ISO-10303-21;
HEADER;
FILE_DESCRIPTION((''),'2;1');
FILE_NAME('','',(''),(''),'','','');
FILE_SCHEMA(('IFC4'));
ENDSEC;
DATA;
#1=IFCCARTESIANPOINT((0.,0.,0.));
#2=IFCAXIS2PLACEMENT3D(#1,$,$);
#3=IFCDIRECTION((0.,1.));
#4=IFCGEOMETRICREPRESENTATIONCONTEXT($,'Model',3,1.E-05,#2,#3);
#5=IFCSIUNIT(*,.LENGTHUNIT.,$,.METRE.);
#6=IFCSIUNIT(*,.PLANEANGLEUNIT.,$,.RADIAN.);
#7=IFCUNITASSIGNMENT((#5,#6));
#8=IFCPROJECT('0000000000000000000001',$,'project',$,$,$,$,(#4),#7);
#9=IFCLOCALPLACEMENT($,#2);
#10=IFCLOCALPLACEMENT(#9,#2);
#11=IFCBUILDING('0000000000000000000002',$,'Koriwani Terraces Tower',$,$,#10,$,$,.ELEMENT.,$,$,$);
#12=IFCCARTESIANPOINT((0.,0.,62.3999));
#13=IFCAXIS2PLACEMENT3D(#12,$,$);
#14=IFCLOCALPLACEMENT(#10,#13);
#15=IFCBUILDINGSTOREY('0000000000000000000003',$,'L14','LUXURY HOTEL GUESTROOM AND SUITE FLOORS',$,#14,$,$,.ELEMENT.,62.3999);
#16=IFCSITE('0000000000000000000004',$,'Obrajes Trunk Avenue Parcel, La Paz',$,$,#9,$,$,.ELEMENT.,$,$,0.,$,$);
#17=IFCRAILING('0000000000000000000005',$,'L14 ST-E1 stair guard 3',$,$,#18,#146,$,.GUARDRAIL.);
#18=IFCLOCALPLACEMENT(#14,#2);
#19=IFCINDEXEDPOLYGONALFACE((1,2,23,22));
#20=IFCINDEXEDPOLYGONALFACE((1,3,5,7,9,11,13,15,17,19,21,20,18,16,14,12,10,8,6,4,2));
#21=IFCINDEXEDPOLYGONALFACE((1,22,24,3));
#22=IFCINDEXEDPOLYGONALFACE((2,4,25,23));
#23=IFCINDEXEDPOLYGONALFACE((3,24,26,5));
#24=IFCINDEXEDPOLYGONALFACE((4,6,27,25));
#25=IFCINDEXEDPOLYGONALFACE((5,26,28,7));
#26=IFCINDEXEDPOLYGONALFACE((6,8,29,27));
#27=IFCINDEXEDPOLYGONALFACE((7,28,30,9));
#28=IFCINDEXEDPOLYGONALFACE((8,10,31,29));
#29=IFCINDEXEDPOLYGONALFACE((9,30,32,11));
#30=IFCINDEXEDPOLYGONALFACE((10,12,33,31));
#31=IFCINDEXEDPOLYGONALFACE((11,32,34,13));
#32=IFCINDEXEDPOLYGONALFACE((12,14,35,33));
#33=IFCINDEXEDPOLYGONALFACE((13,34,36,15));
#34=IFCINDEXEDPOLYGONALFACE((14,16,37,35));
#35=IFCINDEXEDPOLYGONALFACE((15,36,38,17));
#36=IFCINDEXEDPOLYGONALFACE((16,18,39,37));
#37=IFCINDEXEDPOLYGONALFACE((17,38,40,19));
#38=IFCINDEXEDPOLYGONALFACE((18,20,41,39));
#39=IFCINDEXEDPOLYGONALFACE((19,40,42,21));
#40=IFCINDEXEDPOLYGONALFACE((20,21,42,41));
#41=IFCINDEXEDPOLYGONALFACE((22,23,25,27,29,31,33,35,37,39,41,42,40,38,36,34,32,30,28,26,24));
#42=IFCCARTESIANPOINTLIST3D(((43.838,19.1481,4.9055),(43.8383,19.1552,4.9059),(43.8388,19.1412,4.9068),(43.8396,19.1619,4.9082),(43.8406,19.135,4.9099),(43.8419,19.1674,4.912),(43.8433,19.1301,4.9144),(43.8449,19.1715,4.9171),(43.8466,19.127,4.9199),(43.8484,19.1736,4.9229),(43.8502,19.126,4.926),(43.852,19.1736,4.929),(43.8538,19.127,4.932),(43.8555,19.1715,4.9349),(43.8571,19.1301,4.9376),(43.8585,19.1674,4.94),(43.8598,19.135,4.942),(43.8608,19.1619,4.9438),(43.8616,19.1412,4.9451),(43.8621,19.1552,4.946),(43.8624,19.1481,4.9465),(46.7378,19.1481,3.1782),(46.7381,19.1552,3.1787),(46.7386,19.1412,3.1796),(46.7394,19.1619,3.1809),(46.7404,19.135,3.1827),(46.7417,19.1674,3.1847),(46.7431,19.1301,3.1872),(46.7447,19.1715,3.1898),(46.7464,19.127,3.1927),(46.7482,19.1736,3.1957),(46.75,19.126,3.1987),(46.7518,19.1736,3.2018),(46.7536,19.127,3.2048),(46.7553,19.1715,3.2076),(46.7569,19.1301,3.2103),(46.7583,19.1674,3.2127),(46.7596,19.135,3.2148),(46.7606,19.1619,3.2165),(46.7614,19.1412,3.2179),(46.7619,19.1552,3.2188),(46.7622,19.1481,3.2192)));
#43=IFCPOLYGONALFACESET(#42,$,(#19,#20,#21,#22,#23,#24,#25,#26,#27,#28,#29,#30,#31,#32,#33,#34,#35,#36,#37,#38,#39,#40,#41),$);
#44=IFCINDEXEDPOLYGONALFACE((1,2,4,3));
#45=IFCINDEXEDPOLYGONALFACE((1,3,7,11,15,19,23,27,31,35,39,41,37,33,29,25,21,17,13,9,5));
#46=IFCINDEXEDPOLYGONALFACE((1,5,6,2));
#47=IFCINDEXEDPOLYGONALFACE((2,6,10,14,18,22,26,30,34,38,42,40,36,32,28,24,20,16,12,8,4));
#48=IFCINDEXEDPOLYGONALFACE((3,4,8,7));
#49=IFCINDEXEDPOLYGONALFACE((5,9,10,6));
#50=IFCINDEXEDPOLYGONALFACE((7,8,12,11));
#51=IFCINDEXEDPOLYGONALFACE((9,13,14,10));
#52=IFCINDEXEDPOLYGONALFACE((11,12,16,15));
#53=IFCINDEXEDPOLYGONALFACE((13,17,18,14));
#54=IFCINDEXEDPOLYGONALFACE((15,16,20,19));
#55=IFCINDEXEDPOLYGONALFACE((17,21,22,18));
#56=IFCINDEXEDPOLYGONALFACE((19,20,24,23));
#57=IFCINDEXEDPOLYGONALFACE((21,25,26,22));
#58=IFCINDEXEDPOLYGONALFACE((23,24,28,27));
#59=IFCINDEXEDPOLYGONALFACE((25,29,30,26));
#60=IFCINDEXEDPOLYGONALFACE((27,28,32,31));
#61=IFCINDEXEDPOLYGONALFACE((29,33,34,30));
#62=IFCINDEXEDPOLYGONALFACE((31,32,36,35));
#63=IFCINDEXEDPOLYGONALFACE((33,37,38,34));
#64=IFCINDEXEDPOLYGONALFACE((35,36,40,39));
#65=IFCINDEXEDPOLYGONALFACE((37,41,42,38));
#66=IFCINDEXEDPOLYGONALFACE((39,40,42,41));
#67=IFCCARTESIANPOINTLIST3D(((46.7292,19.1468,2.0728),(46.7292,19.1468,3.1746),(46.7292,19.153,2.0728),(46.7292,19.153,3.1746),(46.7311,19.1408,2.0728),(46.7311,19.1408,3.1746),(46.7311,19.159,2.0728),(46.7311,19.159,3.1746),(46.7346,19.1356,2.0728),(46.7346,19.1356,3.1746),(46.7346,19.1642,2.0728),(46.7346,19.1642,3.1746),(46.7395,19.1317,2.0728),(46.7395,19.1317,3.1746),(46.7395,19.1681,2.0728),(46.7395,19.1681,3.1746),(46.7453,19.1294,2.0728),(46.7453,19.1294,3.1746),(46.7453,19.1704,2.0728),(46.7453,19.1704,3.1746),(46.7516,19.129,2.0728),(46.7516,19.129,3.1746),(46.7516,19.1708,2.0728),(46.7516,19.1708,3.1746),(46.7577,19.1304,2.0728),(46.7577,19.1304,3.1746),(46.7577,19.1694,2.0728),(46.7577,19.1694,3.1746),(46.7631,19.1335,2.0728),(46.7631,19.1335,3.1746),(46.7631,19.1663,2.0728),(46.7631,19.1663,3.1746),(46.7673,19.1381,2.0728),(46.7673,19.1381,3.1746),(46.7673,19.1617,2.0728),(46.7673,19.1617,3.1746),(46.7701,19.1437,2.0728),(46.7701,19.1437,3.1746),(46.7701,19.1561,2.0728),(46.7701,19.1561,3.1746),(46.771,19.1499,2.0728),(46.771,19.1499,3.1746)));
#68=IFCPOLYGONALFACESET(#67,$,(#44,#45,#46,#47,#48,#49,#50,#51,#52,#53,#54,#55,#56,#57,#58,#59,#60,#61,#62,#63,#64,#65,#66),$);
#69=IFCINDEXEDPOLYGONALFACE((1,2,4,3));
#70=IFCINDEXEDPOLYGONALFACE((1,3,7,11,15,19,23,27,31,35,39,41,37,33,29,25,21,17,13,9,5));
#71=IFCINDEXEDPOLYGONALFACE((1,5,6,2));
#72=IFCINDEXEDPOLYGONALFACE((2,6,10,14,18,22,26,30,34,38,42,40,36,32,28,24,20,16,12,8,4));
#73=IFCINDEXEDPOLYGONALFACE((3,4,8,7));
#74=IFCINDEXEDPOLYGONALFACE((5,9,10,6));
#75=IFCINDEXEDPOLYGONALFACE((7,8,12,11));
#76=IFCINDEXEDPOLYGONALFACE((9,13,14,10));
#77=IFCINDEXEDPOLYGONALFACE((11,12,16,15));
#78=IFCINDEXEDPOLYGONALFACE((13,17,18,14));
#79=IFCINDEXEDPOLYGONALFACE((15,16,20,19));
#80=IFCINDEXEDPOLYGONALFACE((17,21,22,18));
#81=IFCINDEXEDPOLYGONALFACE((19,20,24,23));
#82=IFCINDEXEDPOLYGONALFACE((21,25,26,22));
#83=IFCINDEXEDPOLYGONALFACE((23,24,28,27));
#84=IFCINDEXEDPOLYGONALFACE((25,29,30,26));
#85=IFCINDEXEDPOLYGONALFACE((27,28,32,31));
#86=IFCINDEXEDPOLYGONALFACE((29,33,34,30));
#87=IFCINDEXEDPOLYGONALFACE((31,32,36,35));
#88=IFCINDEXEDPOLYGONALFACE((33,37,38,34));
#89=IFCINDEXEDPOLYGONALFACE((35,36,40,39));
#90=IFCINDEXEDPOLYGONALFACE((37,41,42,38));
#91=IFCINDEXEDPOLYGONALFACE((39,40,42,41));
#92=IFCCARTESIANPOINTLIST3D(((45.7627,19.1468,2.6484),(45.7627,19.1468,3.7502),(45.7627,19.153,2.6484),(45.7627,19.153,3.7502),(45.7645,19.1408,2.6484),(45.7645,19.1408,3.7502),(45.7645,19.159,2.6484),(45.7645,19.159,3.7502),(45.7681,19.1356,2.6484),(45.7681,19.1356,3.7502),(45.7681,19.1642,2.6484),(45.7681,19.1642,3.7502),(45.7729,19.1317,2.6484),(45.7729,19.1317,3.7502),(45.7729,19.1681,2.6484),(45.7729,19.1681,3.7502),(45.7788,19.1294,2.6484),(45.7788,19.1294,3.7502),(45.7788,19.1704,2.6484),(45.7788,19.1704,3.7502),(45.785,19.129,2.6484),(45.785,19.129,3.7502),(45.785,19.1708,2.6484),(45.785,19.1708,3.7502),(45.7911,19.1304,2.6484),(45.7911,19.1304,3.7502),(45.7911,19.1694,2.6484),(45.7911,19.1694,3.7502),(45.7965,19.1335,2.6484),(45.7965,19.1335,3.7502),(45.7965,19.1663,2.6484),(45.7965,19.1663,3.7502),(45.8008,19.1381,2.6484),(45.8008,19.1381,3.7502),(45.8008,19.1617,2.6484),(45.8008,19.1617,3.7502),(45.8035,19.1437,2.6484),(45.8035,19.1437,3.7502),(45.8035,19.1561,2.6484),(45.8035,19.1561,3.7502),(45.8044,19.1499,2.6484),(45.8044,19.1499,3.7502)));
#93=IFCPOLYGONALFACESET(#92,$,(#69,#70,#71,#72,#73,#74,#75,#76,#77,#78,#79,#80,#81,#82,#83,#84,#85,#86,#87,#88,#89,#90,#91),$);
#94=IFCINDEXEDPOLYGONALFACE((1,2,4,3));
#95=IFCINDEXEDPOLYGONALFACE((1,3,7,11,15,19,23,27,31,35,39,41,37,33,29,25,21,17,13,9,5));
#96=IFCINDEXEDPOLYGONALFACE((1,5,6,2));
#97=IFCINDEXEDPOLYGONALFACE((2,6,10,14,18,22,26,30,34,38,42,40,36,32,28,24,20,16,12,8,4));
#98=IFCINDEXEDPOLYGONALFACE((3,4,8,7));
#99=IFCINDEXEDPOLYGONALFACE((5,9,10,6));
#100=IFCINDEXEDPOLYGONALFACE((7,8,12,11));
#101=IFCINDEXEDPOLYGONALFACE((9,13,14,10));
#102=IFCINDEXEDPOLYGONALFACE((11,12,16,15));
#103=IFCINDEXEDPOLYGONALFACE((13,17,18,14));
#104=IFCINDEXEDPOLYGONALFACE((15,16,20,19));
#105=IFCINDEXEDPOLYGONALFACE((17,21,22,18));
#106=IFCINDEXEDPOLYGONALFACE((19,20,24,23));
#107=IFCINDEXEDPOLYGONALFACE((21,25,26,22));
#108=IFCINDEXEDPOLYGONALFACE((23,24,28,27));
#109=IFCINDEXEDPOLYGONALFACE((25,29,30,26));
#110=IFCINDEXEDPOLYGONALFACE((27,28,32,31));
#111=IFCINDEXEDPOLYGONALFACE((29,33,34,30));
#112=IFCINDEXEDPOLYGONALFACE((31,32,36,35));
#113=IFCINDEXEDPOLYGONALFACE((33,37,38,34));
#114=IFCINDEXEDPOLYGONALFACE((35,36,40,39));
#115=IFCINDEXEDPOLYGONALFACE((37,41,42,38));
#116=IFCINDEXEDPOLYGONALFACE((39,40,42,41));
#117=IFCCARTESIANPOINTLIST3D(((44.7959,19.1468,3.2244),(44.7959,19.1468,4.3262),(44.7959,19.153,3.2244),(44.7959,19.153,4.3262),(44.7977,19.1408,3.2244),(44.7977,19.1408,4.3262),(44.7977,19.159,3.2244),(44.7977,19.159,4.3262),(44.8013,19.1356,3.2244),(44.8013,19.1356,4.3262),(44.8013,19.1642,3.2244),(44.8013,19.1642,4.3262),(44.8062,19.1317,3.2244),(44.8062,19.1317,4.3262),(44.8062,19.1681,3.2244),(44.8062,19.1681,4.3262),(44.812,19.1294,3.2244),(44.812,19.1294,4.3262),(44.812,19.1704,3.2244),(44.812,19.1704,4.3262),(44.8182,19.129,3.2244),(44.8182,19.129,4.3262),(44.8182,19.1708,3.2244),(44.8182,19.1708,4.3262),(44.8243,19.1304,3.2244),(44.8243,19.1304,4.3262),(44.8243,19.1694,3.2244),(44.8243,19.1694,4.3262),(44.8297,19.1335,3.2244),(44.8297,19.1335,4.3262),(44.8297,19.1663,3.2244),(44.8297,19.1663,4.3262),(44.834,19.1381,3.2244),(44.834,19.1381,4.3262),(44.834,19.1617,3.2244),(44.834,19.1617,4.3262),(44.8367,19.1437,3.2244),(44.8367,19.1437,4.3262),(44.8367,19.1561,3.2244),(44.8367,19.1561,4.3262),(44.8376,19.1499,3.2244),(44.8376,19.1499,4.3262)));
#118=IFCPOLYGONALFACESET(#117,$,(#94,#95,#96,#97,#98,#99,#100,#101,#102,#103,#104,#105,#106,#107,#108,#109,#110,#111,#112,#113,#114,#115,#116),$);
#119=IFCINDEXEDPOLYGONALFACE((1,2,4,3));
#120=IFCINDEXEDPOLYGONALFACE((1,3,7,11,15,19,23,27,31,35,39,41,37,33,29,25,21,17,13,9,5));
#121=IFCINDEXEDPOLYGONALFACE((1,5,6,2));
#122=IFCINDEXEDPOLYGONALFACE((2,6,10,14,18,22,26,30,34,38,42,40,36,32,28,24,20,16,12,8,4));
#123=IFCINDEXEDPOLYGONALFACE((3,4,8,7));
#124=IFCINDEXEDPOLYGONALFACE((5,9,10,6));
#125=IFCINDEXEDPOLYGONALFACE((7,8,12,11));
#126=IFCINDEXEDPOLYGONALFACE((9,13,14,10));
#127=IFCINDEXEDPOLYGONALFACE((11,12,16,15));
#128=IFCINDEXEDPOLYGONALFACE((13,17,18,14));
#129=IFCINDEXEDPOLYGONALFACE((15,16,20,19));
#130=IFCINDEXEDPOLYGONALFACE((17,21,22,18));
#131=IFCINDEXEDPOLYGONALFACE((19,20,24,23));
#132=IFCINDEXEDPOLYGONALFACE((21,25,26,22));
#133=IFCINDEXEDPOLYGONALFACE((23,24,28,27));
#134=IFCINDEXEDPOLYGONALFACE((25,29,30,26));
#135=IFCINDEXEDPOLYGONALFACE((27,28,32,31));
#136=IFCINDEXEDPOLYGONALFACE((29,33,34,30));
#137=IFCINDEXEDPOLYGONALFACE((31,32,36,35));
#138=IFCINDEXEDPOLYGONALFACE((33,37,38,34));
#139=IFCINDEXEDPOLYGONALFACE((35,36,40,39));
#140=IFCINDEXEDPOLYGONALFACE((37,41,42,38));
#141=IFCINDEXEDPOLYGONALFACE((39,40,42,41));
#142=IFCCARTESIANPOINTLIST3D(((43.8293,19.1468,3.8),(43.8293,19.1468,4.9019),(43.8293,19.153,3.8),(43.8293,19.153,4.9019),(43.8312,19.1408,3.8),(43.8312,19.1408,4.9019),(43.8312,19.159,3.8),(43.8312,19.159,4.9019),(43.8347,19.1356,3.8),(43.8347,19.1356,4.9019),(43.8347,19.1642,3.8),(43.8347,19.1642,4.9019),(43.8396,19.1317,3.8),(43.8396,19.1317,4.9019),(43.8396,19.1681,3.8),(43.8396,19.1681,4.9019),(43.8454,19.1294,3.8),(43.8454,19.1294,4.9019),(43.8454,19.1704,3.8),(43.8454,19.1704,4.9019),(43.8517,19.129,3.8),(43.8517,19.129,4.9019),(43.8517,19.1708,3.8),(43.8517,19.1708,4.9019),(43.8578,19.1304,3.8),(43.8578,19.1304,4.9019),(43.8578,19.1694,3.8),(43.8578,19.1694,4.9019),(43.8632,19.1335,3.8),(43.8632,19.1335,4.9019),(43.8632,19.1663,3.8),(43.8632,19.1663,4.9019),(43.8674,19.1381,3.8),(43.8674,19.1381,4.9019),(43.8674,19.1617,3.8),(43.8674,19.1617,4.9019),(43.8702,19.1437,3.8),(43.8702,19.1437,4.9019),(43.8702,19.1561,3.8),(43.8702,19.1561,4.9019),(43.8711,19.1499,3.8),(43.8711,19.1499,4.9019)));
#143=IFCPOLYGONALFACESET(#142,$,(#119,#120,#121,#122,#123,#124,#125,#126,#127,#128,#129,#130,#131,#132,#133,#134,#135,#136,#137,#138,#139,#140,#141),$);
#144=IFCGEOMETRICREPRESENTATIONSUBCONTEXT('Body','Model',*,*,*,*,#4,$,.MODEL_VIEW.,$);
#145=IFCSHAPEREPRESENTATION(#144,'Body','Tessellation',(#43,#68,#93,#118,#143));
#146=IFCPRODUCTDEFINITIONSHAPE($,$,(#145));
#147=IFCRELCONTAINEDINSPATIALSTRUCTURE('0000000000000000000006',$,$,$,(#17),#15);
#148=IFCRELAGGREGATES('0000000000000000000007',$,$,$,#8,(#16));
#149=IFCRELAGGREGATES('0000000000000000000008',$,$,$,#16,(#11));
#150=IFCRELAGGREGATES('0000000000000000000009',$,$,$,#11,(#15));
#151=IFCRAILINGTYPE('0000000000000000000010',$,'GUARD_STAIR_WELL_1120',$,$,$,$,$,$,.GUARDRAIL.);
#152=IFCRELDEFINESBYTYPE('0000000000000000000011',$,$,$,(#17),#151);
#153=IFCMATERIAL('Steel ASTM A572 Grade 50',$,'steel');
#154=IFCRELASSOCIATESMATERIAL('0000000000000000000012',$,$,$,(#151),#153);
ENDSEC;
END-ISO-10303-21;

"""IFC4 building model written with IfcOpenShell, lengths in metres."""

from ifc_helpers import new_model, si_unit, direction, frame, origin, origin_2d, place, context, subcontext, project, spatial, circle, extrude, material, type_object, element, save


model = new_model("IFC4")

# Units and contexts
model_context = context("Model", 3, precision=1e-05, world=origin(), true_north=direction((0.0, 1.0)))
body_context = subcontext(model_context, "Body", "Model", "MODEL_VIEW")
ifc_project = project(units=[si_unit("LENGTHUNIT", "METRE"), si_unit("PLANEANGLEUNIT", "RADIAN")], contexts=[model_context])

# Site, building, storey
site_placement = place(None, origin())
site = spatial("IfcSite", under=ifc_project, at=site_placement, Name="Obrajes Trunk Avenue Parcel, La Paz", CompositionType="ELEMENT", RefElevation=0.0)
building_placement = place(site_placement, origin())
building = spatial("IfcBuilding", under=site, at=building_placement, Name="Koriwani Terraces Tower", CompositionType="ELEMENT")
storey_placement = place(building_placement, frame((0.0, 0.0, 62.3999)))
storey = spatial("IfcBuildingStorey", under=building, at=storey_placement, Name="L14", Description="LUXURY HOTEL GUESTROOM AND SUITE FLOORS", CompositionType="ELEMENT", Elevation=62.3999)

# Shared definitions
ifc_material_1 = material(Name="Steel ASTM A572 Grade 50", Category="steel")

# Railing
railing_type_1 = type_object("IfcRailingType", Name="GUARD_STAIR_WELL_1120", PredefinedType="GUARDRAIL", material=ifc_material_1)
for number, where, name in (
    (1, (46.75, 19.1499, 2.0728), "L14 ST-E1 stair guard 3"),
):
    element("IfcRailing", number, at=place(storey_placement, frame(where)), inside=storey, type_object=railing_type_1, Name=name, PredefinedType="GUARDRAIL", context=body_context, shape_type="SweptSolid", body=[
        extrude(circle(Radius=0.0239, at=origin_2d()), frame((0.0, 0.0, 1.126), z_axis=(-0.859141, 0.0, 0.511738), x_axis=(0.0, -1.0, 0.0)), (0.0, 0.0, 1.0), 3.3752),
        extrude(circle(Radius=0.021, at=origin_2d()), origin(), (0.0, 0.0, 1.0), 1.1018),
        extrude(circle(Radius=0.021, at=origin_2d()), frame((-0.9666, 0.0, 0.5757)), (0.0, 0.0, 1.0), 1.1018),
        extrude(circle(Radius=0.021, at=origin_2d()), frame((-1.9333, 0.0, 1.1516)), (0.0, 0.0, 1.0), 1.1018),
        extrude(circle(Radius=0.021, at=origin_2d()), frame((-2.8999, 0.0, 1.7273)), (0.0, 0.0, 1.0), 1.1018),
    ])

save(model, "model.ifc")
